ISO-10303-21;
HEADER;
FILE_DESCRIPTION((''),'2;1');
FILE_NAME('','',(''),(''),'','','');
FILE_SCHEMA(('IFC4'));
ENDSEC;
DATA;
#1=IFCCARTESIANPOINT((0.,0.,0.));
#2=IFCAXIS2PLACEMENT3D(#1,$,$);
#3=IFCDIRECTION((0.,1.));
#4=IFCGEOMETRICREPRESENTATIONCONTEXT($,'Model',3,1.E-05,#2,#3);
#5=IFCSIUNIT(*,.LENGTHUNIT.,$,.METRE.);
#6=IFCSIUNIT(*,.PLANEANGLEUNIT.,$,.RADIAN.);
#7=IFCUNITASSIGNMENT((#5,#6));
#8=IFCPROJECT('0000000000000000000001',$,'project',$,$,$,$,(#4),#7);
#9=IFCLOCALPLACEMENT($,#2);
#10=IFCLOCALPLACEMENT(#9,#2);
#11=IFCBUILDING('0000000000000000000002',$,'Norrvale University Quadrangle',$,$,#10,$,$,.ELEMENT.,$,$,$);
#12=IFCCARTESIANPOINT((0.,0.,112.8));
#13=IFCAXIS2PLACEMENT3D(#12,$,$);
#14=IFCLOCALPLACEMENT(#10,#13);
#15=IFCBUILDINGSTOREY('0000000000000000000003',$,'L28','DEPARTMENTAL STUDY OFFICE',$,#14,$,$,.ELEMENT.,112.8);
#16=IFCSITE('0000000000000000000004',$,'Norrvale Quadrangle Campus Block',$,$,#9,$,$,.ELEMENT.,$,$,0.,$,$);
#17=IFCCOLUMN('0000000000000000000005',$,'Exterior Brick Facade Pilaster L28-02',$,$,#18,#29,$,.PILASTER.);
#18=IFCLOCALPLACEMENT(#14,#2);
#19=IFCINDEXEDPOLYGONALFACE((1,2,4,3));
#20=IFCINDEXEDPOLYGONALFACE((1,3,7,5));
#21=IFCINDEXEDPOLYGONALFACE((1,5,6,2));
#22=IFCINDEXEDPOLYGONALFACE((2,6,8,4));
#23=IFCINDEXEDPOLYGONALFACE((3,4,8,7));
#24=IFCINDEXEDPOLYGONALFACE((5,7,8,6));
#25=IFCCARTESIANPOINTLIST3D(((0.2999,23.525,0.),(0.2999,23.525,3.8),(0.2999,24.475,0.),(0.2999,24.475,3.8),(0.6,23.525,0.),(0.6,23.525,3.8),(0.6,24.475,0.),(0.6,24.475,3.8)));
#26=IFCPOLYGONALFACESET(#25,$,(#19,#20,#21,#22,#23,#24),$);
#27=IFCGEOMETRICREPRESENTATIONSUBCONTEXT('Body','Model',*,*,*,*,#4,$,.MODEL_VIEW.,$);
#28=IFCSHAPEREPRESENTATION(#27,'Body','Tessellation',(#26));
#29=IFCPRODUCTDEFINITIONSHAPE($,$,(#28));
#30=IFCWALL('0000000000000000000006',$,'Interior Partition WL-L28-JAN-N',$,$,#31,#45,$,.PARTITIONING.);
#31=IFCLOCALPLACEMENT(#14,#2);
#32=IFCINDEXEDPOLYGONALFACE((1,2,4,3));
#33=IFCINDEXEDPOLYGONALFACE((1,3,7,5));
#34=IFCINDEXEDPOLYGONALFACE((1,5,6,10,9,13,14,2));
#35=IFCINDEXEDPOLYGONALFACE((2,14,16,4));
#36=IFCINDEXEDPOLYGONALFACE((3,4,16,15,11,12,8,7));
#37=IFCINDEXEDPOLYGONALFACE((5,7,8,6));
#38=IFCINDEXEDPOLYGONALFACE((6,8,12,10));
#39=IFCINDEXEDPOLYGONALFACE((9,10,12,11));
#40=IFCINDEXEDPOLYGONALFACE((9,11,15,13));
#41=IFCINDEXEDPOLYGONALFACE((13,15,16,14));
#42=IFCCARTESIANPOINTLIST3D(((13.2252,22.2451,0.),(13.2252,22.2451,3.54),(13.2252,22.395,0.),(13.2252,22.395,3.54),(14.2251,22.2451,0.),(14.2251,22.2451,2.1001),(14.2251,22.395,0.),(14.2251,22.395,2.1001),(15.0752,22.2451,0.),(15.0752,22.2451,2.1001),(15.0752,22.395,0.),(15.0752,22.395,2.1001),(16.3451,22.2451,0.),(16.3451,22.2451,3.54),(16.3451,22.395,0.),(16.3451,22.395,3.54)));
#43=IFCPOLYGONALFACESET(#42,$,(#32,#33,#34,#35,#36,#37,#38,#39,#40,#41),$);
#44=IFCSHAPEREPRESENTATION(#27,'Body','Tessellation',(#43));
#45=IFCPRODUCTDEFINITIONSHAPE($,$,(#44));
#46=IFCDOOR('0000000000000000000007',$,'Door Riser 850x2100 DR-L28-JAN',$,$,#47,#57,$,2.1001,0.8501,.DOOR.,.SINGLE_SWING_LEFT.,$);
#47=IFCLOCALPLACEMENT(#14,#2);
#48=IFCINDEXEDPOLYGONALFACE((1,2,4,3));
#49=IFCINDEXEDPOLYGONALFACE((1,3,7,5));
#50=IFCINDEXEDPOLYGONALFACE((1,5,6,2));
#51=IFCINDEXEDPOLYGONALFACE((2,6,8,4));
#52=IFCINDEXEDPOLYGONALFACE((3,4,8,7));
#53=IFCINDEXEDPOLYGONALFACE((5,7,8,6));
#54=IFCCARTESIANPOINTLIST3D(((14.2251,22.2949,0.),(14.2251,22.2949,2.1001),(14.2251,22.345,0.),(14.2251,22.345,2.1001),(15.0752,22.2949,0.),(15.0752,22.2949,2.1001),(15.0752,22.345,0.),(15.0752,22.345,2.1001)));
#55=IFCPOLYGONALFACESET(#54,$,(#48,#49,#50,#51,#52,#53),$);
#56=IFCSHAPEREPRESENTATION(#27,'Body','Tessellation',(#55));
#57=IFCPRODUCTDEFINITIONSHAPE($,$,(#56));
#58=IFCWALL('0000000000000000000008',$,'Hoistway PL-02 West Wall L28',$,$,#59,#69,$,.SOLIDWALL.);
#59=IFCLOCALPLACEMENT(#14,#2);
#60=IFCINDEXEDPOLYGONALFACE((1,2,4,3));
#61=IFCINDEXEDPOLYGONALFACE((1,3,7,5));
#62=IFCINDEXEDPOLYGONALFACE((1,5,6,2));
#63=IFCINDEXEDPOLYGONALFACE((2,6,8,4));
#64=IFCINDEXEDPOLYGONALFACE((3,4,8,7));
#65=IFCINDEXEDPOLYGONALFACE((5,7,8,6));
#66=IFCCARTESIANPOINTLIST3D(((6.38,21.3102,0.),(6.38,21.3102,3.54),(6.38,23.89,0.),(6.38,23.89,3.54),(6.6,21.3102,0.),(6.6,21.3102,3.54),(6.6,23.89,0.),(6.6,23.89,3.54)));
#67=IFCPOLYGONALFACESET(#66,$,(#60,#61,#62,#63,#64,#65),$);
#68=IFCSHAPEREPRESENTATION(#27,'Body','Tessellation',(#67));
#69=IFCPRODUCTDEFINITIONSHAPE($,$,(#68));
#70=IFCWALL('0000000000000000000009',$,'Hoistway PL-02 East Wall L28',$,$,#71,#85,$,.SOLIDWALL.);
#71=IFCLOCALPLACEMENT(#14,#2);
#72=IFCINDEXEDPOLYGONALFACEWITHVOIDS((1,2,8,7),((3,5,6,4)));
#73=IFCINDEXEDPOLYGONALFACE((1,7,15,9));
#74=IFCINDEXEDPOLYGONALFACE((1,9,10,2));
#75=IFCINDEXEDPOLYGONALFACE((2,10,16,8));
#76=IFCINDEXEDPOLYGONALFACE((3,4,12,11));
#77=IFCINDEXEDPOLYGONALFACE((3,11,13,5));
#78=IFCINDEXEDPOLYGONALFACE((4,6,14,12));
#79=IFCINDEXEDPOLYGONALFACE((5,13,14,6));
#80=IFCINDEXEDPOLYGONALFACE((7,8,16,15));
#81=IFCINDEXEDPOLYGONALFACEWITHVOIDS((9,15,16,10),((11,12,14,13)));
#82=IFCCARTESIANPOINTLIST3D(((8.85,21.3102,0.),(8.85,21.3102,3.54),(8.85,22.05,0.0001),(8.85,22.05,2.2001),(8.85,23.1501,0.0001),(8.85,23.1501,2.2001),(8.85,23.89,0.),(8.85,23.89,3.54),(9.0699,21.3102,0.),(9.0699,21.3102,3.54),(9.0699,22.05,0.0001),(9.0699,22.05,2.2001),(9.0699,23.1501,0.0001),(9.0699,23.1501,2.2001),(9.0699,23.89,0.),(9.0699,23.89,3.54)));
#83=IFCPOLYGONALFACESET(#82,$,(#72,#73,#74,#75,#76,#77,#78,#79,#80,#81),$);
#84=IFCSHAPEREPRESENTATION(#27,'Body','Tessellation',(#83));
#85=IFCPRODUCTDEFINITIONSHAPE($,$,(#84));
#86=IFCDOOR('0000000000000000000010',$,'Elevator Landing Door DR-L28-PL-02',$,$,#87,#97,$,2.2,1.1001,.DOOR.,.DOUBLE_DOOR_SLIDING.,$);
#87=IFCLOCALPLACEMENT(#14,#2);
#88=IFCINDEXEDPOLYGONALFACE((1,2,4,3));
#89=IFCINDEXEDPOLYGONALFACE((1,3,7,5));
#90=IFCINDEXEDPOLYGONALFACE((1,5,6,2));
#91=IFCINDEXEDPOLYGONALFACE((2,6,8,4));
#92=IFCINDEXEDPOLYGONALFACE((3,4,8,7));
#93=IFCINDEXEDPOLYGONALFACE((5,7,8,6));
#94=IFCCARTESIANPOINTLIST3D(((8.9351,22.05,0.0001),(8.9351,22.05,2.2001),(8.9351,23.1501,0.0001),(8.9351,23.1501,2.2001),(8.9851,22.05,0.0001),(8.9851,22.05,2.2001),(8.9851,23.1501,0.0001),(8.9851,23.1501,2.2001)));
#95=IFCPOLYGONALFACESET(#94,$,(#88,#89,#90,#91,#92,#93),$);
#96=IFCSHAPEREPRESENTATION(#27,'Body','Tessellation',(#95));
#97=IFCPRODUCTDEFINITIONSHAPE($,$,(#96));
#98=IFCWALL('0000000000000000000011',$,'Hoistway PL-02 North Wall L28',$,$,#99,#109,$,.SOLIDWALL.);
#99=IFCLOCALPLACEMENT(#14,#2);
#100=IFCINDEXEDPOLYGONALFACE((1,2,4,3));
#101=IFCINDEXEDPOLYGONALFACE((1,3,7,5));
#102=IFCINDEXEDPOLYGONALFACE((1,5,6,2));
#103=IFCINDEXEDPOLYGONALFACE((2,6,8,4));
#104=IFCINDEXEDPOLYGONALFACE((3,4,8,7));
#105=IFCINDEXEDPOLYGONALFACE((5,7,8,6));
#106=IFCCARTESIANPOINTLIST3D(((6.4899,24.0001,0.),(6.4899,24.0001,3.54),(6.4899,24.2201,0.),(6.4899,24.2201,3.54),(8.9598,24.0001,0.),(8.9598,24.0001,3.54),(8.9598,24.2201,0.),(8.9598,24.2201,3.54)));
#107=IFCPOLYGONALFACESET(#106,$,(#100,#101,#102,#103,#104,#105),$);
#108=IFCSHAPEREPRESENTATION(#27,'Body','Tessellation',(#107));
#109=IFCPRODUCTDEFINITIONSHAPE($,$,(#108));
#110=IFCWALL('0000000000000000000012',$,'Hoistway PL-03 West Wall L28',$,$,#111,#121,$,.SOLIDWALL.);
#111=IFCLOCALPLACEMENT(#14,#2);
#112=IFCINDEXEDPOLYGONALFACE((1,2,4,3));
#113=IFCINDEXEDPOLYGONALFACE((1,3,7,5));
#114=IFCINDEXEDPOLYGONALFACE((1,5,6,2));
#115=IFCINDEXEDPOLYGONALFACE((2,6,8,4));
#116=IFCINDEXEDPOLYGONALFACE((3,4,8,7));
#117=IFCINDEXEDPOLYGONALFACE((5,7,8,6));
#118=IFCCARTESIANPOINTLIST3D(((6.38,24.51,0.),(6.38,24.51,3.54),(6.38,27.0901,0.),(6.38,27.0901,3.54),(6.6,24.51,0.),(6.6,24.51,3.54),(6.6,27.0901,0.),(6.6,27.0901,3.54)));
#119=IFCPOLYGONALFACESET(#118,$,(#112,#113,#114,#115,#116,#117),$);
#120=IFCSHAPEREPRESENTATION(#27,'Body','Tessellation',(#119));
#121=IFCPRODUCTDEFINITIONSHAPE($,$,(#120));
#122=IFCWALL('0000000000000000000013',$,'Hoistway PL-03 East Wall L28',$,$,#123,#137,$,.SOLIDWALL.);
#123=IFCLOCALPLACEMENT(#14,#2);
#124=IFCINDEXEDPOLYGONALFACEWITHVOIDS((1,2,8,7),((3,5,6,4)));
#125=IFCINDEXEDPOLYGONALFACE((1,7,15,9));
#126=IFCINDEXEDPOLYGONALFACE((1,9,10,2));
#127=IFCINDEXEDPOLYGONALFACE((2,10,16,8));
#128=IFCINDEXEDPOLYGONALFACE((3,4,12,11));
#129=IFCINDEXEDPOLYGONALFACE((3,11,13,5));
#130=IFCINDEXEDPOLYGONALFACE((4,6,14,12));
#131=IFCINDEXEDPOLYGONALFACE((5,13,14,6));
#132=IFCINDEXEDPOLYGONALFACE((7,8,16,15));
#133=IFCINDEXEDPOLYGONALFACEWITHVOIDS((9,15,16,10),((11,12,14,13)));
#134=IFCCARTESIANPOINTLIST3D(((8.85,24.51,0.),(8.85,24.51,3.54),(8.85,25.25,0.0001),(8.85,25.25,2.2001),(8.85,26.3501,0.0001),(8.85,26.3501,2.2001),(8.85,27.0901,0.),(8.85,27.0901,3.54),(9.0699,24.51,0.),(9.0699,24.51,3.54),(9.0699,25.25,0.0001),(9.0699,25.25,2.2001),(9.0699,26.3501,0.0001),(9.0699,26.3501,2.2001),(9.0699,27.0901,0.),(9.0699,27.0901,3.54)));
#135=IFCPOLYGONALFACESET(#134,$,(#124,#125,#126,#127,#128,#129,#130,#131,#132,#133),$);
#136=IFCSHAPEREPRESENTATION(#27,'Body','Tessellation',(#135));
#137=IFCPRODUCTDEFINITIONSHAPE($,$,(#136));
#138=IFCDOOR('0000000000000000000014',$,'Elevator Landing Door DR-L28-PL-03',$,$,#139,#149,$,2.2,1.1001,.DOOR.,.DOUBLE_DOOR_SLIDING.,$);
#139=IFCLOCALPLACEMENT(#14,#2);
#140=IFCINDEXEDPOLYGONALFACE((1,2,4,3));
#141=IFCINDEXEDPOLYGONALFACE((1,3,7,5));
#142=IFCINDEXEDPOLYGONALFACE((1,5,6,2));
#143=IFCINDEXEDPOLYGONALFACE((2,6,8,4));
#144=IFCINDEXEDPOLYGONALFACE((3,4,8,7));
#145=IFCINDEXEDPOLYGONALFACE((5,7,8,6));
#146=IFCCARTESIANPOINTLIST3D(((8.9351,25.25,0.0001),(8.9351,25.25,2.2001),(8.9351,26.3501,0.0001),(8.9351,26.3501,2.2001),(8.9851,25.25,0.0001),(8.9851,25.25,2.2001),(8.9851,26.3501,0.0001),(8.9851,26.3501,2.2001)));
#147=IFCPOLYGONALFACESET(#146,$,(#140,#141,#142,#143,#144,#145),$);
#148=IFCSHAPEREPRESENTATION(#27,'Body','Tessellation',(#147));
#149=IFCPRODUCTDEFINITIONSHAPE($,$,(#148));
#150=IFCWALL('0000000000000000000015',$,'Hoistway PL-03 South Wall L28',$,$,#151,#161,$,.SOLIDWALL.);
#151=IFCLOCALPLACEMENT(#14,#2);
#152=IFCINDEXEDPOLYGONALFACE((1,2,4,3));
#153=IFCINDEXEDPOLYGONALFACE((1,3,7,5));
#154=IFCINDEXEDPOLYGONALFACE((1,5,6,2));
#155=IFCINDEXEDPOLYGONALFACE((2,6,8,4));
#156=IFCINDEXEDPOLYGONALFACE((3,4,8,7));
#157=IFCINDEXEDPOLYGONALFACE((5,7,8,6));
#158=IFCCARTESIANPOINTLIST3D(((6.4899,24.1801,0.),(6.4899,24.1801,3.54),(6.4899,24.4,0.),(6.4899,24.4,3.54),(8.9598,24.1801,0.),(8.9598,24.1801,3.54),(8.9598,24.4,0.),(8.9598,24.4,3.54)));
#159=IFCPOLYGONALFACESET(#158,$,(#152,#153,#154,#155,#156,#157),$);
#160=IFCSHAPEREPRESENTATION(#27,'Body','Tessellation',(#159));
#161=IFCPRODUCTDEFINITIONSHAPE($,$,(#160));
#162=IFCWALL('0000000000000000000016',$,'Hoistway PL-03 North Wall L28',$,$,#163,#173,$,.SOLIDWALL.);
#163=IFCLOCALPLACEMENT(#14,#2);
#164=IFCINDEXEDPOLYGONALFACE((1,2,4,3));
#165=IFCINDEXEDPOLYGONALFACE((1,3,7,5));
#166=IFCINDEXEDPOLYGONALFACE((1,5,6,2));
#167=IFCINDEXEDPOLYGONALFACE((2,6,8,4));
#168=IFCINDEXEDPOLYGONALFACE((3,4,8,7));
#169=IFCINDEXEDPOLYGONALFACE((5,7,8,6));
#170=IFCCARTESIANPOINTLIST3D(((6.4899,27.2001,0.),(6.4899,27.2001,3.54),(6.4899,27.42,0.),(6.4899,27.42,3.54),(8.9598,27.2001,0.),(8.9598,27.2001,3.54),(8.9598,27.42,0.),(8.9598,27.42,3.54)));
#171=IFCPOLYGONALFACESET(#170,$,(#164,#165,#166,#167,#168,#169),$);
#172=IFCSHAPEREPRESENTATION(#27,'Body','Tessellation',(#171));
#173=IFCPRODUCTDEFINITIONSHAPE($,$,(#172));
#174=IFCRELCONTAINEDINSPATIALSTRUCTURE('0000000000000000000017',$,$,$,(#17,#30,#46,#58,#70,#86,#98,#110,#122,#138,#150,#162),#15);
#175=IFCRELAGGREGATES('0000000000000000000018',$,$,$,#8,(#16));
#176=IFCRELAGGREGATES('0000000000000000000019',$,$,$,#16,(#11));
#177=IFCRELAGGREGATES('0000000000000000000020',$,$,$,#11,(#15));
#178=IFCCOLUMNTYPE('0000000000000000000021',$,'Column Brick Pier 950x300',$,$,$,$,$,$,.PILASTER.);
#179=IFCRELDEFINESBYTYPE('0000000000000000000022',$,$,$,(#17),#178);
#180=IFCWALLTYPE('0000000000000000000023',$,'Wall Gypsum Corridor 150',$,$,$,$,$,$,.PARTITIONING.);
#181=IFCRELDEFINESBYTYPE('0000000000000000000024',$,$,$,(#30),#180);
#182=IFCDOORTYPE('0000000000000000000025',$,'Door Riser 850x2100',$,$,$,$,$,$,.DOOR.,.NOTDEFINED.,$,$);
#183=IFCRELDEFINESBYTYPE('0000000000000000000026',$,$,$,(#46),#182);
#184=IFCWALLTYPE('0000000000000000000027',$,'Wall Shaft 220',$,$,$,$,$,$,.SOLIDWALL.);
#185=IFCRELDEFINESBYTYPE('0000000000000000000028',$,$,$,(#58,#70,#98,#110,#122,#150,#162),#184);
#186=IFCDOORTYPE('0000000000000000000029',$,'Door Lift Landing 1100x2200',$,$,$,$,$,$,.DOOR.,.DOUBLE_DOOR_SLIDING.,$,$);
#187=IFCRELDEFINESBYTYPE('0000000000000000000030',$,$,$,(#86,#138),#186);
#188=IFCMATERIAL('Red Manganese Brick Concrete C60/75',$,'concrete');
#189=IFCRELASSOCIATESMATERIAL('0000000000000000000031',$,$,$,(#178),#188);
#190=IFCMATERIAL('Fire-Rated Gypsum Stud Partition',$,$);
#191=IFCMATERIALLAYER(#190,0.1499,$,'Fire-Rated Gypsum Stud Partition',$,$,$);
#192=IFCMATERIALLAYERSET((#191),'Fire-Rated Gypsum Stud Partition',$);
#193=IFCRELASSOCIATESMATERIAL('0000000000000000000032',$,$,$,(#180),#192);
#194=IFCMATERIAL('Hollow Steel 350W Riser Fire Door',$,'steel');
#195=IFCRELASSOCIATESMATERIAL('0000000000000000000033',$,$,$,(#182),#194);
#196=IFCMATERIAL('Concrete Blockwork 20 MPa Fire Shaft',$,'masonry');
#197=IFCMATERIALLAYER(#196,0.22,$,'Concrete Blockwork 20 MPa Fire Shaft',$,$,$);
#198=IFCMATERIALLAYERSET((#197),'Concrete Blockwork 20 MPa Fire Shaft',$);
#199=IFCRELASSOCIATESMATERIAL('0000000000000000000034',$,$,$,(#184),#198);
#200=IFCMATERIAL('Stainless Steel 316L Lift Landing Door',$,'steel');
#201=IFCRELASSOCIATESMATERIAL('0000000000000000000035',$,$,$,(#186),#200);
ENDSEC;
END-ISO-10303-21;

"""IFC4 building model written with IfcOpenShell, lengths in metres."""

from ifc_helpers import new_model, si_unit, direction, frame, frame_2d, origin, origin_2d, place, context, subcontext, project, spatial, rectangle, extrude, material, layer, layer_set, material_profile, profile_set, type_object, element, fill, save


model = new_model("IFC4")

# Units and contexts
model_context = context("Model", 3, precision=1e-05, world=origin(), true_north=direction((0.0, 1.0)))
body_context = subcontext(model_context, "Body", "Model", "MODEL_VIEW")
ifc_project = project(units=[si_unit("LENGTHUNIT", "METRE"), si_unit("PLANEANGLEUNIT", "RADIAN")], contexts=[model_context])

# Site, building, storey
site_placement = place(None, origin())
site = spatial("IfcSite", under=ifc_project, at=site_placement, Name="Norrvale Quadrangle Campus Block", CompositionType="ELEMENT", RefElevation=0.0)
building_placement = place(site_placement, origin())
building = spatial("IfcBuilding", under=site, at=building_placement, Name="Norrvale University Quadrangle", CompositionType="ELEMENT")
storey_placement = place(building_placement, frame((0.0, 0.0, 112.8)))
storey = spatial("IfcBuildingStorey", under=building, at=storey_placement, Name="L28", Description="DEPARTMENTAL STUDY OFFICE", CompositionType="ELEMENT", Elevation=112.8)

# Column
ifc_material_1 = material(Name="Red Manganese Brick Concrete C60/75", Category="concrete")
ifc_material_profile = material_profile(ifc_material_1, rectangle(XDim=0.95, YDim=0.3, at=origin_2d()), Name="Red Manganese Brick Concrete C60/75")
ifc_profile_set = profile_set([ifc_material_profile], Name="Red Manganese Brick Concrete C60/75")
column_type = type_object("IfcColumnType", Name="Column Brick Pier 950x300", PredefinedType="PILASTER", material=ifc_profile_set)
column_placement = place(storey_placement, frame((0.45, 24.0, 0.0), z_axis=(0.0, 0.0, 1.0), x_axis=(0.0, 1.0, 0.0)))
element("IfcColumn", 1, at=column_placement, inside=storey, type_object=column_type, Name="Exterior Brick Facade Pilaster L28-02", PredefinedType="PILASTER", context=body_context, shape_type="SweptSolid", body=[
    extrude(rectangle(XDim=0.95, YDim=0.3, at=origin_2d()), origin(), (0.0, 0.0, 1.0), 3.8),
])

# Wall, opening, door
ifc_material_2 = material(Name="Fire-Rated Gypsum Stud Partition")
ifc_layer_1 = layer(ifc_material_2, 0.1499, Name="Fire-Rated Gypsum Stud Partition")
ifc_layer_set_1 = layer_set([ifc_layer_1], Name="Fire-Rated Gypsum Stud Partition")
wall_type_1 = type_object("IfcWallType", Name="Wall Gypsum Corridor 150", PredefinedType="PARTITIONING", material=ifc_layer_set_1)
wall_1_placement = place(storey_placement, frame((13.2251, 22.3201, 0.0), z_axis=(0.0, 0.0, 1.0), x_axis=(1.0, 0.0, 0.0)))
wall_1 = element("IfcWall", 2, at=wall_1_placement, inside=storey, type_object=wall_type_1, Name="Interior Partition WL-L28-JAN-N", PredefinedType="PARTITIONING", context=body_context, shape_type="SweptSolid", body=[
    extrude(rectangle(XDim=3.1199, YDim=0.1499, at=frame_2d((1.5601, 0.0))), origin(), (0.0, 0.0, 1.0), 3.54),
])
opening_1_placement = place(wall_1_placement, frame((1.0, 0.0, 0.0)))
opening_1 = element("IfcOpeningElement", 3, at=opening_1_placement, cuts=wall_1, PredefinedType="OPENING", context=body_context, shape_type="SweptSolid", body=[
    extrude(rectangle(XDim=0.8501, YDim=2.1001, at=frame_2d((0.425, 1.05))), frame((0.0, 0.0869, 0.0), z_axis=(0.0, -1.0, 0.0), x_axis=(1.0, 0.0, 0.0)), (0.0, 0.0, 1.0), 0.1738),
])
ifc_material_3 = material(Name="Hollow Steel 350W Riser Fire Door", Category="steel")
door_type_1 = type_object("IfcDoorType", Name="Door Riser 850x2100", OperationType="NOTDEFINED", PredefinedType="DOOR", material=ifc_material_3)
door_1_placement = place(opening_1_placement, origin())
door_1 = element("IfcDoor", 4, at=door_1_placement, inside=storey, type_object=door_type_1, Name="Door Riser 850x2100 DR-L28-JAN", OperationType="SINGLE_SWING_LEFT", OverallHeight=2.1001, OverallWidth=0.8501, PredefinedType="DOOR", context=body_context, shape_type="SweptSolid", body=[
    extrude(rectangle(XDim=0.8501, YDim=2.1001, at=frame_2d((0.425, 1.05))), frame((0.0, 0.0249, 0.0), z_axis=(0.0, -1.0, 0.0), x_axis=(1.0, 0.0, 0.0)), (0.0, 0.0, 1.0), 0.05),
])
fill(opening_1, door_1)

# Wall
ifc_material_4 = material(Name="Concrete Blockwork 20 MPa Fire Shaft", Category="masonry")
ifc_layer_2 = layer(ifc_material_4, 0.22, Name="Concrete Blockwork 20 MPa Fire Shaft")
ifc_layer_set_2 = layer_set([ifc_layer_2], Name="Concrete Blockwork 20 MPa Fire Shaft")
wall_type_2 = type_object("IfcWallType", Name="Wall Shaft 220", PredefinedType="SOLIDWALL", material=ifc_layer_set_2)
wall_2_placement = place(storey_placement, frame((6.49, 21.3101, 0.0), z_axis=(0.0, 0.0, 1.0), x_axis=(0.0, 1.0, 0.0)))
element("IfcWall", 5, at=wall_2_placement, inside=storey, type_object=wall_type_2, Name="Hoistway PL-02 West Wall L28", PredefinedType="SOLIDWALL", context=body_context, shape_type="SweptSolid", body=[
    extrude(rectangle(XDim=2.5798, YDim=0.22, at=frame_2d((1.29, 0.0))), origin(), (0.0, 0.0, 1.0), 3.54),
])

# Wall, opening, door
wall_3_placement = place(storey_placement, frame((8.96, 21.3101, 0.0), z_axis=(0.0, 0.0, 1.0), x_axis=(0.0, 1.0, 0.0)))
wall_3 = element("IfcWall", 6, at=wall_3_placement, inside=storey, type_object=wall_type_2, Name="Hoistway PL-02 East Wall L28", PredefinedType="SOLIDWALL", context=body_context, shape_type="SweptSolid", body=[
    extrude(rectangle(XDim=2.5798, YDim=0.22, at=frame_2d((1.29, 0.0))), origin(), (0.0, 0.0, 1.0), 3.54),
])
opening_2_placement = place(wall_3_placement, frame((0.74, 0.0, 0.0)))
opening_2 = element("IfcOpeningElement", 7, at=opening_2_placement, cuts=wall_3, PredefinedType="OPENING", context=body_context, shape_type="SweptSolid", body=[
    extrude(rectangle(XDim=1.1001, YDim=2.2, at=frame_2d((0.55, 1.1001))), frame((0.0, 0.1221, 0.0), z_axis=(0.0, -1.0, 0.0), x_axis=(1.0, 0.0, 0.0)), (0.0, 0.0, 1.0), 0.2439),
])
ifc_material_5 = material(Name="Stainless Steel 316L Lift Landing Door", Category="steel")
door_type_2 = type_object("IfcDoorType", Name="Door Lift Landing 1100x2200", OperationType="DOUBLE_DOOR_SLIDING", PredefinedType="DOOR", material=ifc_material_5)
door_2_placement = place(opening_2_placement, origin())
door_2 = element("IfcDoor", 8, at=door_2_placement, inside=storey, type_object=door_type_2, Name="Elevator Landing Door DR-L28-PL-02", OperationType="DOUBLE_DOOR_SLIDING", OverallHeight=2.2, OverallWidth=1.1001, PredefinedType="DOOR", context=body_context, shape_type="SweptSolid", body=[
    extrude(rectangle(XDim=1.1001, YDim=2.2, at=frame_2d((0.55, 1.1001))), frame((0.0, 0.0249, 0.0), z_axis=(0.0, -1.0, 0.0), x_axis=(1.0, 0.0, 0.0)), (0.0, 0.0, 1.0), 0.05),
])
fill(opening_2, door_2)

# Walls
wall_4_placement = place(storey_placement, frame((6.49, 24.1101, 0.0), z_axis=(0.0, 0.0, 1.0), x_axis=(1.0, 0.0, 0.0)))
element("IfcWall", 9, at=wall_4_placement, inside=storey, type_object=wall_type_2, Name="Hoistway PL-02 North Wall L28", PredefinedType="SOLIDWALL", context=body_context, shape_type="SweptSolid", body=[
    extrude(rectangle(XDim=2.47, YDim=0.22, at=frame_2d((1.2349, 0.0))), origin(), (0.0, 0.0, 1.0), 3.54),
])
wall_5_placement = place(storey_placement, frame((6.49, 24.51, 0.0), z_axis=(0.0, 0.0, 1.0), x_axis=(0.0, 1.0, 0.0)))
element("IfcWall", 10, at=wall_5_placement, inside=storey, type_object=wall_type_2, Name="Hoistway PL-03 West Wall L28", PredefinedType="SOLIDWALL", context=body_context, shape_type="SweptSolid", body=[
    extrude(rectangle(XDim=2.5801, YDim=0.22, at=frame_2d((1.29, 0.0))), origin(), (0.0, 0.0, 1.0), 3.54),
])

# Wall, opening, door
wall_6_placement = place(storey_placement, frame((8.96, 24.51, 0.0), z_axis=(0.0, 0.0, 1.0), x_axis=(0.0, 1.0, 0.0)))
wall_6 = element("IfcWall", 11, at=wall_6_placement, inside=storey, type_object=wall_type_2, Name="Hoistway PL-03 East Wall L28", PredefinedType="SOLIDWALL", context=body_context, shape_type="SweptSolid", body=[
    extrude(rectangle(XDim=2.5801, YDim=0.22, at=frame_2d((1.29, 0.0))), origin(), (0.0, 0.0, 1.0), 3.54),
])
opening_3_placement = place(wall_6_placement, frame((0.74, 0.0, 0.0)))
opening_3 = element("IfcOpeningElement", 12, at=opening_3_placement, cuts=wall_6, PredefinedType="OPENING", context=body_context, shape_type="SweptSolid", body=[
    extrude(rectangle(XDim=1.1001, YDim=2.2, at=frame_2d((0.55, 1.1001))), frame((0.0, 0.1221, 0.0), z_axis=(0.0, -1.0, 0.0), x_axis=(1.0, 0.0, 0.0)), (0.0, 0.0, 1.0), 0.2439),
])
door_3_placement = place(opening_3_placement, origin())
door_3 = element("IfcDoor", 13, at=door_3_placement, inside=storey, type_object=door_type_2, Name="Elevator Landing Door DR-L28-PL-03", OperationType="DOUBLE_DOOR_SLIDING", OverallHeight=2.2, OverallWidth=1.1001, PredefinedType="DOOR", context=body_context, shape_type="SweptSolid", body=[
    extrude(rectangle(XDim=1.1001, YDim=2.2, at=frame_2d((0.55, 1.1001))), frame((0.0, 0.0249, 0.0), z_axis=(0.0, -1.0, 0.0), x_axis=(1.0, 0.0, 0.0)), (0.0, 0.0, 1.0), 0.05),
])
fill(opening_3, door_3)

# Walls
for number, where, z_axis, x_axis, name in (
    (14, (6.49, 24.29, 0.0), (0.0, 0.0, 1.0), (1.0, 0.0, 0.0), "Hoistway PL-03 South Wall L28"),
    (15, (6.49, 27.3101, 0.0), (0.0, 0.0, 1.0), (1.0, 0.0, 0.0), "Hoistway PL-03 North Wall L28"),
):
    element("IfcWall", number, at=place(storey_placement, frame(where, z_axis=z_axis, x_axis=x_axis)), inside=storey, type_object=wall_type_2, Name=name, PredefinedType="SOLIDWALL", context=body_context, shape_type="SweptSolid", body=[
        extrude(rectangle(XDim=2.47, YDim=0.22, at=frame_2d((1.2349, 0.0))), origin(), (0.0, 0.0, 1.0), 3.54),
    ])

save(model, "model.ifc")
